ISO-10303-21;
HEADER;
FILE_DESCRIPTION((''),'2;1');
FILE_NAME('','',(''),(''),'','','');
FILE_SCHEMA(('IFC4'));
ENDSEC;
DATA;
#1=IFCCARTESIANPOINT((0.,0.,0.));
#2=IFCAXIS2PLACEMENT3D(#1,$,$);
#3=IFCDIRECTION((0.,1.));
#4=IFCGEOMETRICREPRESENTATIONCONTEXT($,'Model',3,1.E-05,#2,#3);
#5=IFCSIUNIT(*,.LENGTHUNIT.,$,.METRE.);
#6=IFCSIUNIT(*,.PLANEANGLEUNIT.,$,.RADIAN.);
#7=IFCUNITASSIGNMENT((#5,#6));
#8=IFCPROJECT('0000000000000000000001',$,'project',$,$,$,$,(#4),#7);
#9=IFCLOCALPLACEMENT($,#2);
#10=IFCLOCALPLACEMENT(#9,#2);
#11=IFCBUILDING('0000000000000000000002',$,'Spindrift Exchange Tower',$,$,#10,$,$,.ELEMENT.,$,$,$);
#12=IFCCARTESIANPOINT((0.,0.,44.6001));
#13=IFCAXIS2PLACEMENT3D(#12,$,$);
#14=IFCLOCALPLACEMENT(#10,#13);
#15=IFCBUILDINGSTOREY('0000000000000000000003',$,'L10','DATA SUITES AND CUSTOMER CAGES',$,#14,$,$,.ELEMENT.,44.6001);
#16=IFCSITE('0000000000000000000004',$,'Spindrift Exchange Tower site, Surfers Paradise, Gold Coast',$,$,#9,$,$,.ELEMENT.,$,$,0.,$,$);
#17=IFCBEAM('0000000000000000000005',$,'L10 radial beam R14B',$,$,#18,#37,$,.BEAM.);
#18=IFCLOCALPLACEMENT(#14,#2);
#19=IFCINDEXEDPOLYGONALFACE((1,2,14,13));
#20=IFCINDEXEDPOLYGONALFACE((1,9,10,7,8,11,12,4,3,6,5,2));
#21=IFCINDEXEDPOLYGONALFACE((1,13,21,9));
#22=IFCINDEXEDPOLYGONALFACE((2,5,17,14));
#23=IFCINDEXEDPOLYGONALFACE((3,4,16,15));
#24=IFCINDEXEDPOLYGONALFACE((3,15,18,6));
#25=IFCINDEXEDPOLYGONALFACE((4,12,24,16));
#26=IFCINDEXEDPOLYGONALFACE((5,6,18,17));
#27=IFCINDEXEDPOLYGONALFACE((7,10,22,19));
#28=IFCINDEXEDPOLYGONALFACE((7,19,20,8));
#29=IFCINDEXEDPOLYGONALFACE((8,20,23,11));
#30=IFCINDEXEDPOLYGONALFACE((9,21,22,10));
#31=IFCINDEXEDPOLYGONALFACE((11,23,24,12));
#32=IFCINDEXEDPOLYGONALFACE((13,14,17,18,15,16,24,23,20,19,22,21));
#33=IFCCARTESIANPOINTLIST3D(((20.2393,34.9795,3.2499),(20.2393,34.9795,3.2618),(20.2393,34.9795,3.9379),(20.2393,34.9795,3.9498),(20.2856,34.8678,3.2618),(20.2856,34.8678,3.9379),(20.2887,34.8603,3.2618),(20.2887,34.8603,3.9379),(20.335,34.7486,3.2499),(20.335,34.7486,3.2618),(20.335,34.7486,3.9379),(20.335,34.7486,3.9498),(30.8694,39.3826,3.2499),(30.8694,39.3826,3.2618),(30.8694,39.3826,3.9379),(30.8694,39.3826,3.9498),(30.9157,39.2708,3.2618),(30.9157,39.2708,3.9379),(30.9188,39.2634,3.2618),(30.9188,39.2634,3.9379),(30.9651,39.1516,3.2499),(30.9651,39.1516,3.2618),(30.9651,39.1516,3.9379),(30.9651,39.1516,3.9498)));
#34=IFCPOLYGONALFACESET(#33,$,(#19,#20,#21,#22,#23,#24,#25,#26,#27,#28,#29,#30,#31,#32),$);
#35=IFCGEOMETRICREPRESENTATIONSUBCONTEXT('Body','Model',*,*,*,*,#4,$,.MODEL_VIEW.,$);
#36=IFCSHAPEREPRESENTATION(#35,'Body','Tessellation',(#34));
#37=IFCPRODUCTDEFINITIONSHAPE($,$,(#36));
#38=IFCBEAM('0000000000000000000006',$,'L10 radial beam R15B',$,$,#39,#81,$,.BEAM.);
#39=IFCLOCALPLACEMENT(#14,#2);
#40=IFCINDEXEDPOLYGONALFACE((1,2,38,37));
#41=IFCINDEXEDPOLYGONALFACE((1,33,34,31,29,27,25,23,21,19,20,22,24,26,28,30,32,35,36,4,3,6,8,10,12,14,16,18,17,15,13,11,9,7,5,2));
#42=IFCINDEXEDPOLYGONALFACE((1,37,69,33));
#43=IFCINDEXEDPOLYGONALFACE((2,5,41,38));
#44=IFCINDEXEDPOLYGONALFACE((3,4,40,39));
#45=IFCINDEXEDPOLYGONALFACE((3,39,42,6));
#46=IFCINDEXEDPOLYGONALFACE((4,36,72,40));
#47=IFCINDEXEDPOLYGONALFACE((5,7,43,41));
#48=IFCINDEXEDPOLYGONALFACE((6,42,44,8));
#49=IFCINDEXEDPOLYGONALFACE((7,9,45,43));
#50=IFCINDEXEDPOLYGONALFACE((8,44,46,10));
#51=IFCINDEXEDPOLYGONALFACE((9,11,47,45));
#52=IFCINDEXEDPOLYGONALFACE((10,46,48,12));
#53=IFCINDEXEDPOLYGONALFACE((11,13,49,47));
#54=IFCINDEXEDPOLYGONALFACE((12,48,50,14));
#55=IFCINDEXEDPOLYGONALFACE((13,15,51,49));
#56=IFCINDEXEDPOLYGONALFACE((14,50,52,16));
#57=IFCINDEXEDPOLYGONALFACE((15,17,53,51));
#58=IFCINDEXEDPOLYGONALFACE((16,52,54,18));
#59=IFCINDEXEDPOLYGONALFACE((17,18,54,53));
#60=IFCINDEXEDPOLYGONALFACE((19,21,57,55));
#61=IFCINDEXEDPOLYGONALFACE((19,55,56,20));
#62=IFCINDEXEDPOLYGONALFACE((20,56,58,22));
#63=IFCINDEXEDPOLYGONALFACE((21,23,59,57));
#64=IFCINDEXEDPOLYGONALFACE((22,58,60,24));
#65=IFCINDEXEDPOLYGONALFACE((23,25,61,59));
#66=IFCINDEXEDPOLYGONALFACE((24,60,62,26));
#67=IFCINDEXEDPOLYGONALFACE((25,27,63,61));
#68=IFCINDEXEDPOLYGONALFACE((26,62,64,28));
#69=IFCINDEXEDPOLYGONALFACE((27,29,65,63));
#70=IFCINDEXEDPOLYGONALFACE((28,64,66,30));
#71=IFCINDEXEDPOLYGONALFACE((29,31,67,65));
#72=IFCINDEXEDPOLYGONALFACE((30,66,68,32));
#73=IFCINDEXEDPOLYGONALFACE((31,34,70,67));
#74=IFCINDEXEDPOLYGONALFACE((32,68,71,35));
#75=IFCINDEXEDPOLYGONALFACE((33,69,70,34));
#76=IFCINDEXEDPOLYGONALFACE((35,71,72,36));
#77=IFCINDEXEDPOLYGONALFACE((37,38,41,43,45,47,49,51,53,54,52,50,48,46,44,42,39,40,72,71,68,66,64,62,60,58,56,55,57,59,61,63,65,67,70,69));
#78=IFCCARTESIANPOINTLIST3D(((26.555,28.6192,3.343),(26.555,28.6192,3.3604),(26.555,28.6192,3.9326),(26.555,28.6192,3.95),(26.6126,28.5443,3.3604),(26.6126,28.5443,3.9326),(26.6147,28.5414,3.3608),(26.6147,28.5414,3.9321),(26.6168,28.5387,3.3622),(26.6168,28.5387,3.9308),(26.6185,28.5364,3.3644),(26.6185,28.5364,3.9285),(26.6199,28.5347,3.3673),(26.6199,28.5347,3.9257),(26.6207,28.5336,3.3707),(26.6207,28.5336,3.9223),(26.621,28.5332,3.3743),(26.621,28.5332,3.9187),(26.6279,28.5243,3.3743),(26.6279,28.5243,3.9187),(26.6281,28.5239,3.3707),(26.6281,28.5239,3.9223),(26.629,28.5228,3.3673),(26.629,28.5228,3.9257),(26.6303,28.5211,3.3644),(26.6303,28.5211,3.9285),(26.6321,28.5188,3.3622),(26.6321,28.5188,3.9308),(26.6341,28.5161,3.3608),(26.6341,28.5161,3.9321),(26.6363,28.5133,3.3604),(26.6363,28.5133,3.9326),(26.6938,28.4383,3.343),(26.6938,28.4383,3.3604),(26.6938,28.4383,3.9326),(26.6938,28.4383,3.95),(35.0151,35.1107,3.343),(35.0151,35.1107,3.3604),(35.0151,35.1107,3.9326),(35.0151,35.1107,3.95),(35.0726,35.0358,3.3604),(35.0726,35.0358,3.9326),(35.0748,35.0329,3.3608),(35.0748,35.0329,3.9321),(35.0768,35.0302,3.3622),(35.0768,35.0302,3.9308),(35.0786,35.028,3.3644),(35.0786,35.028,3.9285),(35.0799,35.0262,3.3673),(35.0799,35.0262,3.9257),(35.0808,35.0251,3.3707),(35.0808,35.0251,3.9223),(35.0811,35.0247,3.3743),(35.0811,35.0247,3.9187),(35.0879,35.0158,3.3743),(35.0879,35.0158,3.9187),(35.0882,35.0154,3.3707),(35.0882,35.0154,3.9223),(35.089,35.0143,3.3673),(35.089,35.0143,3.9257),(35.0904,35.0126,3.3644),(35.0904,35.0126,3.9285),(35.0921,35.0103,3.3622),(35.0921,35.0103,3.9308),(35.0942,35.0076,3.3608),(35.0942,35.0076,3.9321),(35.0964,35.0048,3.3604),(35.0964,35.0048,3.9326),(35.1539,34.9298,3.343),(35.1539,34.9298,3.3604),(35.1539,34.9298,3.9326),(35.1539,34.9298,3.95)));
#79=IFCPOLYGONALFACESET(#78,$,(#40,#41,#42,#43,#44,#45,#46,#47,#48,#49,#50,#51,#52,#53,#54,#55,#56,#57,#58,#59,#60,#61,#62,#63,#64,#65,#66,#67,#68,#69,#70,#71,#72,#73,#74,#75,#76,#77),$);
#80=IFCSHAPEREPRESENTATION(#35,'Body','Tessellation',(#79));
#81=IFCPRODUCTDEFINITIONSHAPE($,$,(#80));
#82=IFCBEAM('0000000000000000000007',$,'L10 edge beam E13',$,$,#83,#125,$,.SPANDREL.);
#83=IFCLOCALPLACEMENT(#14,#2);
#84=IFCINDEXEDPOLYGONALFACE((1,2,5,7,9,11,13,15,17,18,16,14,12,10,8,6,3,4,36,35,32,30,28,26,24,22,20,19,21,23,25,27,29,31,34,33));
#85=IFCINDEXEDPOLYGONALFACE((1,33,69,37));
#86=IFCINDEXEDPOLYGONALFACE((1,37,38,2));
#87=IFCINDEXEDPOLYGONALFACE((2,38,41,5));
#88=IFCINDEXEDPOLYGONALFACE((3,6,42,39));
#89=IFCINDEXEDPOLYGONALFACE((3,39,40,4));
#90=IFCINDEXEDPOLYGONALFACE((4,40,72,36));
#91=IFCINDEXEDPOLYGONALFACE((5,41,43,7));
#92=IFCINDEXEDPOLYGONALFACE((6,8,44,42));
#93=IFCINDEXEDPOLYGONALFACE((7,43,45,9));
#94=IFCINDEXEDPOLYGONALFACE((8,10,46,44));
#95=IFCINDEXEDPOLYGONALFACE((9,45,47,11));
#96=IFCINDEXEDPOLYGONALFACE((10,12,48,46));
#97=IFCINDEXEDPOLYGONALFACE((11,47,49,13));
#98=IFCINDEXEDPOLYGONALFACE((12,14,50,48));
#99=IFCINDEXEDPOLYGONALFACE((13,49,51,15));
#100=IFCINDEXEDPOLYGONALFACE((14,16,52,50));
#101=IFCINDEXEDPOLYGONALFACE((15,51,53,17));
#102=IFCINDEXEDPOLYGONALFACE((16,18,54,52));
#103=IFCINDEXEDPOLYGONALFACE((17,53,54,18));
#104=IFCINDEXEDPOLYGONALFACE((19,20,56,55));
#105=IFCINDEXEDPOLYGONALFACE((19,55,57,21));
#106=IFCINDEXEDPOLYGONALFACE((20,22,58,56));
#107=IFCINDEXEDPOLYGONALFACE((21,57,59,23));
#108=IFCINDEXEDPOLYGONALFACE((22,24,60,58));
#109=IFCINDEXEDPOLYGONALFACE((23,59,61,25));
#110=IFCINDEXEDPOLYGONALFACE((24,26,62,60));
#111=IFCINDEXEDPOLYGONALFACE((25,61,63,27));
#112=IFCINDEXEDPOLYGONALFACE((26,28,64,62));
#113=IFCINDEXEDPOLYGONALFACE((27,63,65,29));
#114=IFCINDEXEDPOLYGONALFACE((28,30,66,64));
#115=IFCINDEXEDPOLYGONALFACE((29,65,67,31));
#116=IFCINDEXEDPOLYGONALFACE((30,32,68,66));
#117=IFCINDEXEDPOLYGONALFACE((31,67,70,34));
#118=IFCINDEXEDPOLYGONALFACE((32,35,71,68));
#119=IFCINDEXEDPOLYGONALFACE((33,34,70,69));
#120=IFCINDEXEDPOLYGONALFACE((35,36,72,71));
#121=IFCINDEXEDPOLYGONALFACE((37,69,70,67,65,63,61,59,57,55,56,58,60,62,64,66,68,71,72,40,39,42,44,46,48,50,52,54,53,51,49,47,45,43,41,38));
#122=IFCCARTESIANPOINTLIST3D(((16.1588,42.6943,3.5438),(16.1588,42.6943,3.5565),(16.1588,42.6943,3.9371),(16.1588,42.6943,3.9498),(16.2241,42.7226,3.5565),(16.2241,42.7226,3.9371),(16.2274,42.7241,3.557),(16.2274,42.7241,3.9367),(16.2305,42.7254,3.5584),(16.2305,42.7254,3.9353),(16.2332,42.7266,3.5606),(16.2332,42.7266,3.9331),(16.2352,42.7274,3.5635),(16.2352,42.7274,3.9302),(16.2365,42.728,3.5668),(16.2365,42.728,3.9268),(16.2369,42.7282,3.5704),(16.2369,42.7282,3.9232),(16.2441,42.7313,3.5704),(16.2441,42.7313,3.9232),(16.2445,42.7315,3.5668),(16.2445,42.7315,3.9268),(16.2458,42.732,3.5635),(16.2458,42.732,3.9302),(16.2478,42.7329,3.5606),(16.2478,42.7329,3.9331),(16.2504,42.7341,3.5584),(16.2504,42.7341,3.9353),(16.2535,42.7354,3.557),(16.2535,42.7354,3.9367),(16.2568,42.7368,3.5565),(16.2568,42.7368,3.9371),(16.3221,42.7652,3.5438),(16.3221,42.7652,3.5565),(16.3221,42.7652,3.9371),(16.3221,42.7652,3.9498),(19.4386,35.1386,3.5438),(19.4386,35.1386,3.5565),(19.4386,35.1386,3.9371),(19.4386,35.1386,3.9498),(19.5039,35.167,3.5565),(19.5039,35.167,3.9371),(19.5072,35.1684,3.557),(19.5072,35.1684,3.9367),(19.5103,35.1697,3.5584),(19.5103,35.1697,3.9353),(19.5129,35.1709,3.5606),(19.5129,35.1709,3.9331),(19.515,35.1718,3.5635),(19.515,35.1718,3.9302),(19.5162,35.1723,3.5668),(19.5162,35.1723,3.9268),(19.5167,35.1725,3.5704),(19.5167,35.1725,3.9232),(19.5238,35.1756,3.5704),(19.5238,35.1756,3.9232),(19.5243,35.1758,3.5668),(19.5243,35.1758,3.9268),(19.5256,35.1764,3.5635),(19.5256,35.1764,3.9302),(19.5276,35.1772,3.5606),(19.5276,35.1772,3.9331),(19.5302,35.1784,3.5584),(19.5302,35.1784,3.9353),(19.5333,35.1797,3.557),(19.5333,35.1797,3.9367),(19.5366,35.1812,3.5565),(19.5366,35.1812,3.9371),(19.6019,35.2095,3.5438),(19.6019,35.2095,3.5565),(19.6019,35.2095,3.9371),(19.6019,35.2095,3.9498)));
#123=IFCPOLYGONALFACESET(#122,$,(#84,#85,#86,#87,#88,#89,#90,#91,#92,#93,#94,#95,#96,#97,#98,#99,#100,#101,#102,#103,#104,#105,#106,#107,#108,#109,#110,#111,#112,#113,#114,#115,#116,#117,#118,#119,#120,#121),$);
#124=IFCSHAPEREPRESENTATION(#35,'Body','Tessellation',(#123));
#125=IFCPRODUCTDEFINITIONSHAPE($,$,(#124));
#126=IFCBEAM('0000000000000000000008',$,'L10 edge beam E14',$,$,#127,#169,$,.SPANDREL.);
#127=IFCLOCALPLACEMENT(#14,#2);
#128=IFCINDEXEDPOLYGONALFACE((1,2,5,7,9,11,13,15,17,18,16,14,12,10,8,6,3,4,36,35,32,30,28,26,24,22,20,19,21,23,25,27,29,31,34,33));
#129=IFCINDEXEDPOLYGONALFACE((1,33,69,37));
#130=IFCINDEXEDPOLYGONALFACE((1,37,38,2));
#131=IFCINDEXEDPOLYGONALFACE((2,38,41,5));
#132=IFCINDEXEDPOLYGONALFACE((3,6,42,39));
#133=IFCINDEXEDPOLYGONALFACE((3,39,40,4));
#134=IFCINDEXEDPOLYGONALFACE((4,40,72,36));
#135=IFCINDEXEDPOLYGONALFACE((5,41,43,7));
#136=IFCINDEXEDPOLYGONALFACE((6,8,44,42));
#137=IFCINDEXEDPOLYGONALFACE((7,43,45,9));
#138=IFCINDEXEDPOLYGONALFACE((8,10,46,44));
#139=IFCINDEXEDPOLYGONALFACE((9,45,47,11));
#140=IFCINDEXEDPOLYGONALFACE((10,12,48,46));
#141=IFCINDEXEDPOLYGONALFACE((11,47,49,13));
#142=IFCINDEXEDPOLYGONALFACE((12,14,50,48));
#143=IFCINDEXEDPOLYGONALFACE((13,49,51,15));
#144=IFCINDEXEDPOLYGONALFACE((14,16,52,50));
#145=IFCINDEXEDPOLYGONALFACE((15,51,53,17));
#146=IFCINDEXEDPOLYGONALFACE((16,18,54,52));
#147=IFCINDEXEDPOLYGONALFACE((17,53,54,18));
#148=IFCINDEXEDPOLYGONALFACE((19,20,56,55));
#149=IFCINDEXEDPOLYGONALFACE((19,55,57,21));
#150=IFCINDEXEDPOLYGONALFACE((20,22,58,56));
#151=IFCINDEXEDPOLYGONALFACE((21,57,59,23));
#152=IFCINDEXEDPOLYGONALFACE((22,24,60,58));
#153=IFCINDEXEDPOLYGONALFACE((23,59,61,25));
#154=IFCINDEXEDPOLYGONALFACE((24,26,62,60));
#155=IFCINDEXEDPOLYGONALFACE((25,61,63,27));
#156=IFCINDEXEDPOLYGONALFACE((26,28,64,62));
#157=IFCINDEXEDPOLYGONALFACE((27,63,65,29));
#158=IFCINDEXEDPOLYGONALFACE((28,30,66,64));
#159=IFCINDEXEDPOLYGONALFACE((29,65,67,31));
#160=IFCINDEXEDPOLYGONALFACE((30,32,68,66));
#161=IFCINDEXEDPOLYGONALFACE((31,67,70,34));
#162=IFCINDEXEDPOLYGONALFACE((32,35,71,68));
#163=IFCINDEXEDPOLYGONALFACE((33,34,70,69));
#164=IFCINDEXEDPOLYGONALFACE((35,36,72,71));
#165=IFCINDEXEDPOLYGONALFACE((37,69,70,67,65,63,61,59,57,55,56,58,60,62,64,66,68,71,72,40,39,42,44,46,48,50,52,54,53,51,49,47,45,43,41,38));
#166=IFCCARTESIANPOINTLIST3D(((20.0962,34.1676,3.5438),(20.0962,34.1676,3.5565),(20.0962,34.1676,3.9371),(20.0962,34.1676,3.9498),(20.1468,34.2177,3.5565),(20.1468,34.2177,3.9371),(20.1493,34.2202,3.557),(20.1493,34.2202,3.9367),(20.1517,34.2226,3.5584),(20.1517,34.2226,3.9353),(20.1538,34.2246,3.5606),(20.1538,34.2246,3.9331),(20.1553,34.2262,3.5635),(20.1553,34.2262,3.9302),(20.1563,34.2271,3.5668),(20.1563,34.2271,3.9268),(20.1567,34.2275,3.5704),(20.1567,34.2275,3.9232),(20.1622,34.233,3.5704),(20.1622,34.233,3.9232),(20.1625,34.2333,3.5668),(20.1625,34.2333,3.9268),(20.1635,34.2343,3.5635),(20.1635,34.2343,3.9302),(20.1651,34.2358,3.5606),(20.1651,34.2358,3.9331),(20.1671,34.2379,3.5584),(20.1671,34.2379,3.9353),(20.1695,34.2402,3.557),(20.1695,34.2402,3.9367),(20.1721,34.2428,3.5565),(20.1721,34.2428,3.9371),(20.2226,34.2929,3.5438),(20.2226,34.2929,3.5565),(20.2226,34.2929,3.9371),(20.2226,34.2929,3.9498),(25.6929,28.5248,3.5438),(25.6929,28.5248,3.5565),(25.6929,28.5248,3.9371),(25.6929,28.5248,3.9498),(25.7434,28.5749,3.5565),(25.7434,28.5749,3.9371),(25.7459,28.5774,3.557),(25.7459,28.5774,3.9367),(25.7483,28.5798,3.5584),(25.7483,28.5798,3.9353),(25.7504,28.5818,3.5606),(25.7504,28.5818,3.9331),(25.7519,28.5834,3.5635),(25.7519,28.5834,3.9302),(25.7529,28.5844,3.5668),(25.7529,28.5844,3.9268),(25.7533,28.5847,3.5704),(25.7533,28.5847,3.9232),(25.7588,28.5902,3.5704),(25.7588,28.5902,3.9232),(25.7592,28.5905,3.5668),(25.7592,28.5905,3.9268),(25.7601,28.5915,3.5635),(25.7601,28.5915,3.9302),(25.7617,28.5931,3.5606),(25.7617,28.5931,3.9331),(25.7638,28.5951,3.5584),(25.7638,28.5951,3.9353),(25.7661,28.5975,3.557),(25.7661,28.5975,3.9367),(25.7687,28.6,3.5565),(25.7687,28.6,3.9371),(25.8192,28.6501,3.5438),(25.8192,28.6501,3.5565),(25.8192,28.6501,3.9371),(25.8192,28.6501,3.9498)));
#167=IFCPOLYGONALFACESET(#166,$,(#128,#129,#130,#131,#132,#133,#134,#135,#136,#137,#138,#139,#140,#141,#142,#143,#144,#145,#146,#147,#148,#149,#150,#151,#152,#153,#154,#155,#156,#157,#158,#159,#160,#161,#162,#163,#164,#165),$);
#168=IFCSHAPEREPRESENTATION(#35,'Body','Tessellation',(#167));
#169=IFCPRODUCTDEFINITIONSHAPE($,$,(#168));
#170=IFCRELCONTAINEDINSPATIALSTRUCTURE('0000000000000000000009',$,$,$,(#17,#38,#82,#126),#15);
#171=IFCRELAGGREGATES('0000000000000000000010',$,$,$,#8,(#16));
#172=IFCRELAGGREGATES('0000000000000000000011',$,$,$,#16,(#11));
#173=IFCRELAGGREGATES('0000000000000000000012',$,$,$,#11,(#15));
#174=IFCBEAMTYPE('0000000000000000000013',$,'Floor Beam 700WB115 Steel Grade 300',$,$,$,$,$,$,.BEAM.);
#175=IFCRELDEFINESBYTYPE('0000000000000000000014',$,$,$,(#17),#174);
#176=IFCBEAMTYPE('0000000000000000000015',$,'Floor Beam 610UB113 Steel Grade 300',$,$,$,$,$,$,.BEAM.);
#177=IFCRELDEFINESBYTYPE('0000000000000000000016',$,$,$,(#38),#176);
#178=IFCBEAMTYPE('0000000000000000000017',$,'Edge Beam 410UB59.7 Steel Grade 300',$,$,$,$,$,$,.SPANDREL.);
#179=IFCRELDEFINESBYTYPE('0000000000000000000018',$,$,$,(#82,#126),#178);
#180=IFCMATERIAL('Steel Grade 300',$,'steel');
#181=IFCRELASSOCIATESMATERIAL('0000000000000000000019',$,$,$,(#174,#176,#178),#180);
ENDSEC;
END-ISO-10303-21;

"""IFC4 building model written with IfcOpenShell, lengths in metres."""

from ifc_helpers import new_model, si_unit, direction, frame, origin, origin_2d, place, context, subcontext, project, spatial, i_section, extrude, source, transform, mapped, material, material_profile, profile_set, type_object, element, save


model = new_model("IFC4")

# Units and contexts
model_context = context("Model", 3, precision=1e-05, world=origin(), true_north=direction((0.0, 1.0)))
body_context = subcontext(model_context, "Body", "Model", "MODEL_VIEW")
ifc_project = project(units=[si_unit("LENGTHUNIT", "METRE"), si_unit("PLANEANGLEUNIT", "RADIAN")], contexts=[model_context])

# Site, building, storey
site_placement = place(None, origin())
site = spatial("IfcSite", under=ifc_project, at=site_placement, Name="Spindrift Exchange Tower site, Surfers Paradise, Gold Coast", CompositionType="ELEMENT", RefElevation=0.0)
building_placement = place(site_placement, origin())
building = spatial("IfcBuilding", under=site, at=building_placement, Name="Spindrift Exchange Tower", CompositionType="ELEMENT")
storey_placement = place(building_placement, frame((0.0, 0.0, 44.6001)))
storey = spatial("IfcBuildingStorey", under=building, at=storey_placement, Name="L10", Description="DATA SUITES AND CUSTOMER CAGES", CompositionType="ELEMENT", Elevation=44.6001)

# Beams
ifc_material_1 = material(Name="Steel Grade 300", Category="steel")
ifc_material_profile_1 = material_profile(ifc_material_1, i_section(OverallWidth=0.25, OverallDepth=0.7, WebThickness=0.0081, FlangeThickness=0.012, at=origin_2d()), Name="700WB115")
ifc_profile_set_1 = profile_set([ifc_material_profile_1], Name="Steel Grade 300")
beam_type_1 = type_object("IfcBeamType", Name="Floor Beam 700WB115 Steel Grade 300", PredefinedType="BEAM", material=ifc_profile_set_1)
shared_shape_1 = source(origin(), body_context, "Body", "SweptSolid", [
    extrude(i_section(OverallWidth=0.25, OverallDepth=0.7, WebThickness=0.0081, FlangeThickness=0.012, at=origin_2d()), origin(), (0.0, 0.0, 1.0), 11.5059),
])
beam_1_placement = place(storey_placement, frame((30.9172, 39.2671, 3.5999), z_axis=(-0.923882, -0.382678, 0.0), x_axis=(0.382678, -0.923882, 0.0)))
element("IfcBeam", 1, at=beam_1_placement, inside=storey, type_object=beam_type_1, Name="L10 radial beam R14B", PredefinedType="BEAM", context=body_context, shape_type="MappedRepresentation", body=[
    mapped(shared_shape_1, transform((0.0, 0.0, 0.0), scale=1.0)),
])
ifc_material_profile_2 = material_profile(ifc_material_1, i_section(OverallWidth=0.228, OverallDepth=0.6069, WebThickness=0.0112, FlangeThickness=0.0173, FilletRadius=0.0139, at=origin_2d()), Name="610UB113")
ifc_profile_set_2 = profile_set([ifc_material_profile_2], Name="Steel Grade 300")
beam_type_2 = type_object("IfcBeamType", Name="Floor Beam 610UB113 Steel Grade 300", PredefinedType="BEAM", material=ifc_profile_set_2)
shared_shape_2 = source(origin(), body_context, "Body", "SweptSolid", [
    extrude(i_section(OverallWidth=0.228, OverallDepth=0.6069, WebThickness=0.0112, FlangeThickness=0.0173, FilletRadius=0.0139, at=origin_2d()), origin(), (0.0, 0.0, 1.0), 10.6636),
])
beam_2_placement = place(storey_placement, frame((35.0845, 35.0203, 3.6465), z_axis=(-0.793358, -0.608755, 0.0), x_axis=(0.608755, -0.793358, 0.0)))
element("IfcBeam", 2, at=beam_2_placement, inside=storey, type_object=beam_type_2, Name="L10 radial beam R15B", PredefinedType="BEAM", context=body_context, shape_type="MappedRepresentation", body=[
    mapped(shared_shape_2, transform((0.0, 0.0, 0.0), scale=1.0)),
])
ifc_material_profile_3 = material_profile(ifc_material_1, i_section(OverallWidth=0.178, OverallDepth=0.406, WebThickness=0.0078, FlangeThickness=0.0127, FilletRadius=0.0139, at=origin_2d()), Name="410UB59.7")
ifc_profile_set_3 = profile_set([ifc_material_profile_3], Name="Steel Grade 300")
beam_type_3 = type_object("IfcBeamType", Name="Edge Beam 410UB59.7 Steel Grade 300", PredefinedType="SPANDREL", material=ifc_profile_set_3)
shared_shape_3 = source(origin(), body_context, "Body", "SweptSolid", [
    extrude(i_section(OverallWidth=0.178, OverallDepth=0.406, WebThickness=0.0078, FlangeThickness=0.0127, FilletRadius=0.0139, at=origin_2d()), origin(), (0.0, 0.0, 1.0), 8.2368),
])
beam_3_placement = place(storey_placement, frame((16.2405, 42.7297, 3.7468), z_axis=(0.398186, -0.917305, 0.0), x_axis=(0.917305, 0.398186, 0.0)))
element("IfcBeam", 3, at=beam_3_placement, inside=storey, type_object=beam_type_3, Name="L10 edge beam E13", PredefinedType="SPANDREL", context=body_context, shape_type="MappedRepresentation", body=[
    mapped(shared_shape_3, transform((0.0, 0.0, 0.0), scale=1.0)),
])
shared_shape_4 = source(origin(), body_context, "Body", "SweptSolid", [
    extrude(i_section(OverallWidth=0.178, OverallDepth=0.406, WebThickness=0.0078, FlangeThickness=0.0127, FilletRadius=0.0139, at=origin_2d()), origin(), (0.0, 0.0, 1.0), 7.9475),
])
beam_4_placement = place(storey_placement, frame((20.1594, 34.2302, 3.7468), z_axis=(0.704198, -0.710004, 0.0), x_axis=(0.710004, 0.704198, 0.0)))
element("IfcBeam", 4, at=beam_4_placement, inside=storey, type_object=beam_type_3, Name="L10 edge beam E14", PredefinedType="SPANDREL", context=body_context, shape_type="MappedRepresentation", body=[
    mapped(shared_shape_4, transform((0.0, 0.0, 0.0), scale=1.0)),
])

save(model, "model.ifc")
